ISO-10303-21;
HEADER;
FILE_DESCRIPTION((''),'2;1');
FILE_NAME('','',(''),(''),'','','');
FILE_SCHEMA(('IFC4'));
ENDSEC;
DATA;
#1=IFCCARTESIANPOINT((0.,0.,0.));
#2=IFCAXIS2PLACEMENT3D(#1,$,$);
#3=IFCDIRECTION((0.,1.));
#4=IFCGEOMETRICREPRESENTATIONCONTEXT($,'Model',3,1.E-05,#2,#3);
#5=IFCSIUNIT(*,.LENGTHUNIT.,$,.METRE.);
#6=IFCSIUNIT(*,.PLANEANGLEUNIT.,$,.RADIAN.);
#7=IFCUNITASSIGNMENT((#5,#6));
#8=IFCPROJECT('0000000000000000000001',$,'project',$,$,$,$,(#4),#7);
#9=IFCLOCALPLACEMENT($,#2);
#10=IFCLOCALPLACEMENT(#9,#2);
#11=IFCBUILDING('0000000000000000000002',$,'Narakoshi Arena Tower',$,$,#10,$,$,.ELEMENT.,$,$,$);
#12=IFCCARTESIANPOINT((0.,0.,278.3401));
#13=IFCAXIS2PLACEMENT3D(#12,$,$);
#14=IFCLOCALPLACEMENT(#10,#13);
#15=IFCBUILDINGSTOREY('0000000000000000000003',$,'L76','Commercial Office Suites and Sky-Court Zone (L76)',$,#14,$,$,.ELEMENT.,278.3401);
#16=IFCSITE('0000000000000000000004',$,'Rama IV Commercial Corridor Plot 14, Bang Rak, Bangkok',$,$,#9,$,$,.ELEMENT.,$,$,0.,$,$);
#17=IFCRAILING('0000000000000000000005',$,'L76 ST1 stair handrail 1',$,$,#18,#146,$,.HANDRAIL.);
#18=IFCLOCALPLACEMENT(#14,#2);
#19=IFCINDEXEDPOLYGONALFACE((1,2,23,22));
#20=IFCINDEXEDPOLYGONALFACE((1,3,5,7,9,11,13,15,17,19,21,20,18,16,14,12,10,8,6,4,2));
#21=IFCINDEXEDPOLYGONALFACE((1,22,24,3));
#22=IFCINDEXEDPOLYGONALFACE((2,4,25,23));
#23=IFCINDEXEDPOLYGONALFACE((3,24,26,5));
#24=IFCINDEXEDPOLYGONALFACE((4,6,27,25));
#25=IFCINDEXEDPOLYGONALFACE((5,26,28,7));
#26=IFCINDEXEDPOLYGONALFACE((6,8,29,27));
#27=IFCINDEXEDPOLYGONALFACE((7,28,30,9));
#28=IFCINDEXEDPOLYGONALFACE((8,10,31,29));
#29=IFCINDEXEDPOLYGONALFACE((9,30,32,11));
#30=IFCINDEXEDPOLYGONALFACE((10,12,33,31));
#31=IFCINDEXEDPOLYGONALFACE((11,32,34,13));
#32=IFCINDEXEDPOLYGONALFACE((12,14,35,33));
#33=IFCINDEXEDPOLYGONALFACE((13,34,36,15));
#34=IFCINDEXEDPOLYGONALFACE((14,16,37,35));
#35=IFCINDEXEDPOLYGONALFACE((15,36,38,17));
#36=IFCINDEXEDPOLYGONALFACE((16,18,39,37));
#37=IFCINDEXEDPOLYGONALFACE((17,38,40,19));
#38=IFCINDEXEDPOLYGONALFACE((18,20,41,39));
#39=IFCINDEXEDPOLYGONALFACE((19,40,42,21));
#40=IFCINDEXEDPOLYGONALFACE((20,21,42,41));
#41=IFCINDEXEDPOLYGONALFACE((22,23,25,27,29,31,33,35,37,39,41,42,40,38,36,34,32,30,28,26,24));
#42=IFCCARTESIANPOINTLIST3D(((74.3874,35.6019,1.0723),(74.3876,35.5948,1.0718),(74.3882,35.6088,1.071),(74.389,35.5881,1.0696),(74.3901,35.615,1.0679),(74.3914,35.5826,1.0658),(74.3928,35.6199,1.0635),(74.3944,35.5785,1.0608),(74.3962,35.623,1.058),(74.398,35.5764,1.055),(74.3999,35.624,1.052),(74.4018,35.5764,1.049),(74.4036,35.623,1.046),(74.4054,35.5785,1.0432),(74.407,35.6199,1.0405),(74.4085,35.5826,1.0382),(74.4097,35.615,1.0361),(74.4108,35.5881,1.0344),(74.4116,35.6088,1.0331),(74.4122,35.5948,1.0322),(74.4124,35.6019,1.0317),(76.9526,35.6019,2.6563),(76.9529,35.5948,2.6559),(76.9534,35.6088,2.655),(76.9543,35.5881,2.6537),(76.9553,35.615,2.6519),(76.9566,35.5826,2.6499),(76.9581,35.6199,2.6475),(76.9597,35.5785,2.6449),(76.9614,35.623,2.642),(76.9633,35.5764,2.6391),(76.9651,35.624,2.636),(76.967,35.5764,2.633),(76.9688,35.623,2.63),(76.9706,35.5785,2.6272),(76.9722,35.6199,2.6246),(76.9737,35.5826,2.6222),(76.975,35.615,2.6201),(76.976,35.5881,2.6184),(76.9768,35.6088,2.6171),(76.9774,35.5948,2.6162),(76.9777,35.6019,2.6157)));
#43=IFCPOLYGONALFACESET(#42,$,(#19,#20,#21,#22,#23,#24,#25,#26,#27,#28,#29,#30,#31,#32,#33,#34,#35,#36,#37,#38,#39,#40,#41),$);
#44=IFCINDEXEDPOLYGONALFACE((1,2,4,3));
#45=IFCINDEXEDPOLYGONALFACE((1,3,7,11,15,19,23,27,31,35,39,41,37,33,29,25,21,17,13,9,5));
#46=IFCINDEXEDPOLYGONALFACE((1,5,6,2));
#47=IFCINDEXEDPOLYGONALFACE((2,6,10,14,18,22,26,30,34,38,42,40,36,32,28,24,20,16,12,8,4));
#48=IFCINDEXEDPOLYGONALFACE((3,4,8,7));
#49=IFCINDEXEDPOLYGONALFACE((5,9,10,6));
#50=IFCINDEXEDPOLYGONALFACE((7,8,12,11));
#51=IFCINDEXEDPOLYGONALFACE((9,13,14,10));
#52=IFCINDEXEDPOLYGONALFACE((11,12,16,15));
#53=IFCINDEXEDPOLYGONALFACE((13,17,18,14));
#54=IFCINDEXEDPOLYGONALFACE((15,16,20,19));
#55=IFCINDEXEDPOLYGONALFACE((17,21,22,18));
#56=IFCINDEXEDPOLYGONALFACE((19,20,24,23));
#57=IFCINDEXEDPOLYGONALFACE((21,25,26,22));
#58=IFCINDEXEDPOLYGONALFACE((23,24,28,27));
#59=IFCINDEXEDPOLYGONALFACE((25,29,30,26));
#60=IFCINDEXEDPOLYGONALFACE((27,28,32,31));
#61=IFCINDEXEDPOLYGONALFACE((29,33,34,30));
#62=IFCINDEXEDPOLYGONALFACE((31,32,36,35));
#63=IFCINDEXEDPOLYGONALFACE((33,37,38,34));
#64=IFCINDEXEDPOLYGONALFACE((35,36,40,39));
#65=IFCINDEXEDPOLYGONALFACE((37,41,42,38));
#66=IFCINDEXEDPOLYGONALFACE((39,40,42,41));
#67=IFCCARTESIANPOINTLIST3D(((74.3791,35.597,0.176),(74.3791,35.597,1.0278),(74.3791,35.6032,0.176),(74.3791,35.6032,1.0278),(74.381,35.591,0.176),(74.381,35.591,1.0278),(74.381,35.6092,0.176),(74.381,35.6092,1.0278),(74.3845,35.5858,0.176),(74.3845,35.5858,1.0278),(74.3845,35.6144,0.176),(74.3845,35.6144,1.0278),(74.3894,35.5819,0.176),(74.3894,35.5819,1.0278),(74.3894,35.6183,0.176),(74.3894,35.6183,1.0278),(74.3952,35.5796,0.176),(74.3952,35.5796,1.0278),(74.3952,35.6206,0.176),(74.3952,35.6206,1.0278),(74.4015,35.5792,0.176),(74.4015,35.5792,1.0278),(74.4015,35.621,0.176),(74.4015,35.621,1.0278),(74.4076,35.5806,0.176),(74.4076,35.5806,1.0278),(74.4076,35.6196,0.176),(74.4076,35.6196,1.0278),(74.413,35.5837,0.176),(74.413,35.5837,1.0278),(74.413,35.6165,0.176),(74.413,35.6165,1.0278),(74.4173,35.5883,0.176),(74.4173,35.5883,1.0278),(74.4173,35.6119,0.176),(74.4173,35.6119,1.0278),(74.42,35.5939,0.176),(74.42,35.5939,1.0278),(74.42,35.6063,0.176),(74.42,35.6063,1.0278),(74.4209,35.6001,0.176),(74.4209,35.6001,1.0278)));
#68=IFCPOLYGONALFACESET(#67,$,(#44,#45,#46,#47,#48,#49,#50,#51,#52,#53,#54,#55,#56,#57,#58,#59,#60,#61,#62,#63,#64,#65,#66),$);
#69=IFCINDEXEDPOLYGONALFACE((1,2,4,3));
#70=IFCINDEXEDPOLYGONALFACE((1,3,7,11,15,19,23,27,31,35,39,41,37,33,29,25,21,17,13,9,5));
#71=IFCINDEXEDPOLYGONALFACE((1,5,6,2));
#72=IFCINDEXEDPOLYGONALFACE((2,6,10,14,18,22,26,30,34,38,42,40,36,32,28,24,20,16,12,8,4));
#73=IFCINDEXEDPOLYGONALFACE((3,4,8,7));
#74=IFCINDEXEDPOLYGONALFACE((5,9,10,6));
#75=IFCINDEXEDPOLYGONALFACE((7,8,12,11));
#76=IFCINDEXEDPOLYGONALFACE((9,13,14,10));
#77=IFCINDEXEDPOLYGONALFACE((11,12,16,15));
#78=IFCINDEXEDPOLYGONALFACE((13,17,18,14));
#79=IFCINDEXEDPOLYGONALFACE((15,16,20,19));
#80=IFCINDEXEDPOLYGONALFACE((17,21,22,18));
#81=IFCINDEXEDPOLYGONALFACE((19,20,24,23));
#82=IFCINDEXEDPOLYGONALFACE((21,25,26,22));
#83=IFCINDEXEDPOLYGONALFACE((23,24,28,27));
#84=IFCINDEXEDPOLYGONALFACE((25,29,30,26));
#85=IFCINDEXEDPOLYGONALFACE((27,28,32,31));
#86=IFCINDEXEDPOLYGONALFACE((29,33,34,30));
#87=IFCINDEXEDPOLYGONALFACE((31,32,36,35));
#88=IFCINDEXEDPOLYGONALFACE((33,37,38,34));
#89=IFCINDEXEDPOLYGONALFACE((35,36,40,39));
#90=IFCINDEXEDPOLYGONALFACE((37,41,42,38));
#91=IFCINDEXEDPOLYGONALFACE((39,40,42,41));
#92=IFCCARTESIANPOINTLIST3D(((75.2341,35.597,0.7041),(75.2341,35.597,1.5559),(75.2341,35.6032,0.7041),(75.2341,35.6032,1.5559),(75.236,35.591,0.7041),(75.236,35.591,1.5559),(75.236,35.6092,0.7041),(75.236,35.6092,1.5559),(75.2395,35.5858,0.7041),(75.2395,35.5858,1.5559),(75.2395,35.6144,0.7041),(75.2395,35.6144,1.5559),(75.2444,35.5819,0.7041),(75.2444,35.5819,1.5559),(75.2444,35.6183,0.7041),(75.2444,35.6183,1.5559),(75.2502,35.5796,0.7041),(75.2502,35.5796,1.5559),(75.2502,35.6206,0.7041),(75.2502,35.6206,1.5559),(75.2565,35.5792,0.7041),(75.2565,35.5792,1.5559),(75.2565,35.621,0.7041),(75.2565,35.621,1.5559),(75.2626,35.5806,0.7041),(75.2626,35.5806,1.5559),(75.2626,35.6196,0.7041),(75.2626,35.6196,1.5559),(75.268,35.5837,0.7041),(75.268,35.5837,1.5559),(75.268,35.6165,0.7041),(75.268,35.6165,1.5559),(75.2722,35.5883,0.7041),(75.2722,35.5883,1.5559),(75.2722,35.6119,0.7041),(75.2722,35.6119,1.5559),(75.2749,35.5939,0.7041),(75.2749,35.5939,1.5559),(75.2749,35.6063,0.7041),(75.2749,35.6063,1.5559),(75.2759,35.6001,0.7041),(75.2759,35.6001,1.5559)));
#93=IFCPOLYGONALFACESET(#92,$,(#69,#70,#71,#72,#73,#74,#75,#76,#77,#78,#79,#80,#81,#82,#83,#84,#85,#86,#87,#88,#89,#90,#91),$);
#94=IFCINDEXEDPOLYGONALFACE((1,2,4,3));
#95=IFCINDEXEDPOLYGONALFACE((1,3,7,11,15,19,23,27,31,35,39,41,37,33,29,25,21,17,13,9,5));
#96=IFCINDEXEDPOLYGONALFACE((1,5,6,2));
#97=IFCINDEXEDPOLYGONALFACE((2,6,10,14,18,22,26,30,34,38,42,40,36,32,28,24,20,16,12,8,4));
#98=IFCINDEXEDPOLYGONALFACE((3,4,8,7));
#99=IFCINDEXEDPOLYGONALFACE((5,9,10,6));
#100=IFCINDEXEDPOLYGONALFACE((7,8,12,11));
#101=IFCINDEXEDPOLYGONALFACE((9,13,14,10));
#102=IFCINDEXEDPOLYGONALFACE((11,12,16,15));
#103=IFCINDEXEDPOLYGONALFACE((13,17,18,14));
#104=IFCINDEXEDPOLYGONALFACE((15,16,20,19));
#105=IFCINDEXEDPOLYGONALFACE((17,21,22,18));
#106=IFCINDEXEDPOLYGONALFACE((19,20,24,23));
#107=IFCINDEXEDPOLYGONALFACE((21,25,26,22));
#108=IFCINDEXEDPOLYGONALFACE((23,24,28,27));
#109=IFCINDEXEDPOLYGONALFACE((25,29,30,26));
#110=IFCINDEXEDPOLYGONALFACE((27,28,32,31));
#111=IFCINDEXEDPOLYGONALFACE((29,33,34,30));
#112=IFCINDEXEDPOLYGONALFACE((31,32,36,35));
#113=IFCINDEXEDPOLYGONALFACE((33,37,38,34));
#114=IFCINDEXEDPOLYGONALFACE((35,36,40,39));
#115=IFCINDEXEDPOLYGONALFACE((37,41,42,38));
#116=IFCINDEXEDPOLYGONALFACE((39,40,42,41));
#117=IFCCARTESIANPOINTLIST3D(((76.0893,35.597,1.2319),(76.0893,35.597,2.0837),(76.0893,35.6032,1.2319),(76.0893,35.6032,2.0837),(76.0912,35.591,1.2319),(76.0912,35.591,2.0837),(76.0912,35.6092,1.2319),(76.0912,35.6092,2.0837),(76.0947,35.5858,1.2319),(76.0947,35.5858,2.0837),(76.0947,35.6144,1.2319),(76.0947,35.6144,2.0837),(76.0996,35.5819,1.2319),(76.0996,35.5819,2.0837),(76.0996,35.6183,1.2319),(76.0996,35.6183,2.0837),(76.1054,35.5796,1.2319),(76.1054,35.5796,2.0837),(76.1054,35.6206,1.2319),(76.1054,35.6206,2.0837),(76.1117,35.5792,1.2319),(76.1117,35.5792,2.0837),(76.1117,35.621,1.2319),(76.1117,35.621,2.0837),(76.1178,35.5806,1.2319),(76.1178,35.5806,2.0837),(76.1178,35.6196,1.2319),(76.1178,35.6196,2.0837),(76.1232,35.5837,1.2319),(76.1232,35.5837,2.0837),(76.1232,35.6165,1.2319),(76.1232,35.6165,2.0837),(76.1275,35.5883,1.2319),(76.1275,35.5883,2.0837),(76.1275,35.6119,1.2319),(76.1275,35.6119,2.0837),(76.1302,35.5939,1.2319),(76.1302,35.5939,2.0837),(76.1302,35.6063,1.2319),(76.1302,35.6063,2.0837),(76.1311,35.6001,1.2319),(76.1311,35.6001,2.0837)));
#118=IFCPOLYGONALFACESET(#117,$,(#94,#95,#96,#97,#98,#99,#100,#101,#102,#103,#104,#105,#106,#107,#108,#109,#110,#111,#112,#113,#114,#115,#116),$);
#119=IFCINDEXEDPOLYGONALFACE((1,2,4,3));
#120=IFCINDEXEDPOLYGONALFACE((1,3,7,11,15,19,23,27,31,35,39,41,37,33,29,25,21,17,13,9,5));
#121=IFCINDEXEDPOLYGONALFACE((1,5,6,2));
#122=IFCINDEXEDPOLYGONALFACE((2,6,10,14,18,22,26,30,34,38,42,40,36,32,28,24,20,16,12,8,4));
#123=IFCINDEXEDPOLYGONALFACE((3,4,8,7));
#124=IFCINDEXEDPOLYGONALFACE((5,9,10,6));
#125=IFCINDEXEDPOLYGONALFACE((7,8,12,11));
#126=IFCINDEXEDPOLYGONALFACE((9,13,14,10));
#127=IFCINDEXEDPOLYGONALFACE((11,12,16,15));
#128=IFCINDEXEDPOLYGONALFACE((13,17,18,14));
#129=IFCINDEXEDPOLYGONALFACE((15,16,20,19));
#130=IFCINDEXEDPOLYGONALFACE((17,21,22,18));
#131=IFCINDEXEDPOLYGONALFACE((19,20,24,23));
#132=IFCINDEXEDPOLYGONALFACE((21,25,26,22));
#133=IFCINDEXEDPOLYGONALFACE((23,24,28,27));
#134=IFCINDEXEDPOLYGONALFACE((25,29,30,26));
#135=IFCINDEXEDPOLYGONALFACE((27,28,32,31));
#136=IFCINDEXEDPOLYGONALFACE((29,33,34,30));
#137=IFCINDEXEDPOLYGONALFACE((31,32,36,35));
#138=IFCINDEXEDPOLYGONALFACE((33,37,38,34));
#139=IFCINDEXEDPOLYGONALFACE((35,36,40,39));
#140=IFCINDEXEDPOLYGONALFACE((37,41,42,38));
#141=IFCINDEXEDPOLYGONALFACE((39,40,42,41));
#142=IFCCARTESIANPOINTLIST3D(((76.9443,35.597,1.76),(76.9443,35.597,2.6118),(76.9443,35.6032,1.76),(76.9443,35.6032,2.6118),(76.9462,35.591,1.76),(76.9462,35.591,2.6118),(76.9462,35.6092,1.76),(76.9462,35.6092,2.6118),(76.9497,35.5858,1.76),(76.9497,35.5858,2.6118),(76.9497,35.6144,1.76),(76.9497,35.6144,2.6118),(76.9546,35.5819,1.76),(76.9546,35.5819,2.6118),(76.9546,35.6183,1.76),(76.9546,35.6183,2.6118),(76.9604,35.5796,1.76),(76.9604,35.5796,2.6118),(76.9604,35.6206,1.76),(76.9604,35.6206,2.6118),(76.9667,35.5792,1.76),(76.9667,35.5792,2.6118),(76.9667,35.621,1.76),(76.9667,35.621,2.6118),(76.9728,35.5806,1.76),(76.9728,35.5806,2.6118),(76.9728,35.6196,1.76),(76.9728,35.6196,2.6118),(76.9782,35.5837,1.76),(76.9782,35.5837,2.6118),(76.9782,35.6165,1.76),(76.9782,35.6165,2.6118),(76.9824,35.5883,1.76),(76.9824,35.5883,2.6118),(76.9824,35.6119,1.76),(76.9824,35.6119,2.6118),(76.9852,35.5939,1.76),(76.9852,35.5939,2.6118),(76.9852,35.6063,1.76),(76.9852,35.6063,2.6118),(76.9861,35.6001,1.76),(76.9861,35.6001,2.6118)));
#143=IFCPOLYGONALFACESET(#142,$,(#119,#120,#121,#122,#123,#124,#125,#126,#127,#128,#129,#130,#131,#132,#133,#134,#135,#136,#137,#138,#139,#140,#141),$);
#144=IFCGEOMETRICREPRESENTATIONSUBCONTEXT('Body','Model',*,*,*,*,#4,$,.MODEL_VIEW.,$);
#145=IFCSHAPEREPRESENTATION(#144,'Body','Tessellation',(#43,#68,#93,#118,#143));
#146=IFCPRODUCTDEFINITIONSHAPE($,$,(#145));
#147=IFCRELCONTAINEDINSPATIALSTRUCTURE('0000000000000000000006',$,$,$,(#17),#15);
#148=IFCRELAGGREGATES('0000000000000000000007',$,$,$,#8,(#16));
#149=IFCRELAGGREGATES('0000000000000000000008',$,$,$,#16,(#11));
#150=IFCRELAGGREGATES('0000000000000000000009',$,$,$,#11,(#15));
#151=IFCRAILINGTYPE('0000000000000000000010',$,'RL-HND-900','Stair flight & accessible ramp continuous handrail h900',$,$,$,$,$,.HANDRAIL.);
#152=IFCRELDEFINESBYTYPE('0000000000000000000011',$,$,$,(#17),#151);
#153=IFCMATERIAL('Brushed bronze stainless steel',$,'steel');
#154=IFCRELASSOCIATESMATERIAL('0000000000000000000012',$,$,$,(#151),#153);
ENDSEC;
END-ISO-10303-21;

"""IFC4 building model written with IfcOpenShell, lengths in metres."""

from ifc_helpers import new_model, si_unit, direction, frame, origin, origin_2d, place, context, subcontext, project, spatial, circle, extrude, material, type_object, element, save


model = new_model("IFC4")

# Units and contexts
model_context = context("Model", 3, precision=1e-05, world=origin(), true_north=direction((0.0, 1.0)))
body_context = subcontext(model_context, "Body", "Model", "MODEL_VIEW")
ifc_project = project(units=[si_unit("LENGTHUNIT", "METRE"), si_unit("PLANEANGLEUNIT", "RADIAN")], contexts=[model_context])

# Site, building, storey
site_placement = place(None, origin())
site = spatial("IfcSite", under=ifc_project, at=site_placement, Name="Rama IV Commercial Corridor Plot 14, Bang Rak, Bangkok", CompositionType="ELEMENT", RefElevation=0.0)
building_placement = place(site_placement, origin())
building = spatial("IfcBuilding", under=site, at=building_placement, Name="Narakoshi Arena Tower", CompositionType="ELEMENT")
storey_placement = place(building_placement, frame((0.0, 0.0, 278.3401)))
storey = spatial("IfcBuildingStorey", under=building, at=storey_placement, Name="L76", Description="Commercial Office Suites and Sky-Court Zone (L76)", CompositionType="ELEMENT", Elevation=278.3401)

# Railing
ifc_material_1 = material(Name="Brushed bronze stainless steel", Category="steel")
railing_type_1 = type_object("IfcRailingType", Name="RL-HND-900", Description="Stair flight & accessible ramp continuous handrail h900", PredefinedType="HANDRAIL", material=ifc_material_1)
railing_1_placement = place(storey_placement, frame((74.3999, 35.6001, 0.176)))
element("IfcRailing", 1, at=railing_1_placement, inside=storey, type_object=railing_type_1, Name="L76 ST1 stair handrail 1", PredefinedType="HANDRAIL", context=body_context, shape_type="SweptSolid", body=[
    extrude(circle(Radius=0.0239, at=origin_2d()), frame((0.0, 0.0, 0.876), z_axis=(0.850857, 0.0, 0.525398), x_axis=(0.0, 1.0, 0.0)), (0.0, 0.0, 1.0), 3.0149),
    extrude(circle(Radius=0.021, at=origin_2d()), origin(), (0.0, 0.0, 1.0), 0.8518),
    extrude(circle(Radius=0.021, at=origin_2d()), frame((0.855, 0.0, 0.5281)), (0.0, 0.0, 1.0), 0.8518),
    extrude(circle(Radius=0.021, at=origin_2d()), frame((1.7102, 0.0, 1.0559)), (0.0, 0.0, 1.0), 0.8518),
    extrude(circle(Radius=0.021, at=origin_2d()), frame((2.5652, 0.0, 1.584)), (0.0, 0.0, 1.0), 0.8518),
])

save(model, "model.ifc")
